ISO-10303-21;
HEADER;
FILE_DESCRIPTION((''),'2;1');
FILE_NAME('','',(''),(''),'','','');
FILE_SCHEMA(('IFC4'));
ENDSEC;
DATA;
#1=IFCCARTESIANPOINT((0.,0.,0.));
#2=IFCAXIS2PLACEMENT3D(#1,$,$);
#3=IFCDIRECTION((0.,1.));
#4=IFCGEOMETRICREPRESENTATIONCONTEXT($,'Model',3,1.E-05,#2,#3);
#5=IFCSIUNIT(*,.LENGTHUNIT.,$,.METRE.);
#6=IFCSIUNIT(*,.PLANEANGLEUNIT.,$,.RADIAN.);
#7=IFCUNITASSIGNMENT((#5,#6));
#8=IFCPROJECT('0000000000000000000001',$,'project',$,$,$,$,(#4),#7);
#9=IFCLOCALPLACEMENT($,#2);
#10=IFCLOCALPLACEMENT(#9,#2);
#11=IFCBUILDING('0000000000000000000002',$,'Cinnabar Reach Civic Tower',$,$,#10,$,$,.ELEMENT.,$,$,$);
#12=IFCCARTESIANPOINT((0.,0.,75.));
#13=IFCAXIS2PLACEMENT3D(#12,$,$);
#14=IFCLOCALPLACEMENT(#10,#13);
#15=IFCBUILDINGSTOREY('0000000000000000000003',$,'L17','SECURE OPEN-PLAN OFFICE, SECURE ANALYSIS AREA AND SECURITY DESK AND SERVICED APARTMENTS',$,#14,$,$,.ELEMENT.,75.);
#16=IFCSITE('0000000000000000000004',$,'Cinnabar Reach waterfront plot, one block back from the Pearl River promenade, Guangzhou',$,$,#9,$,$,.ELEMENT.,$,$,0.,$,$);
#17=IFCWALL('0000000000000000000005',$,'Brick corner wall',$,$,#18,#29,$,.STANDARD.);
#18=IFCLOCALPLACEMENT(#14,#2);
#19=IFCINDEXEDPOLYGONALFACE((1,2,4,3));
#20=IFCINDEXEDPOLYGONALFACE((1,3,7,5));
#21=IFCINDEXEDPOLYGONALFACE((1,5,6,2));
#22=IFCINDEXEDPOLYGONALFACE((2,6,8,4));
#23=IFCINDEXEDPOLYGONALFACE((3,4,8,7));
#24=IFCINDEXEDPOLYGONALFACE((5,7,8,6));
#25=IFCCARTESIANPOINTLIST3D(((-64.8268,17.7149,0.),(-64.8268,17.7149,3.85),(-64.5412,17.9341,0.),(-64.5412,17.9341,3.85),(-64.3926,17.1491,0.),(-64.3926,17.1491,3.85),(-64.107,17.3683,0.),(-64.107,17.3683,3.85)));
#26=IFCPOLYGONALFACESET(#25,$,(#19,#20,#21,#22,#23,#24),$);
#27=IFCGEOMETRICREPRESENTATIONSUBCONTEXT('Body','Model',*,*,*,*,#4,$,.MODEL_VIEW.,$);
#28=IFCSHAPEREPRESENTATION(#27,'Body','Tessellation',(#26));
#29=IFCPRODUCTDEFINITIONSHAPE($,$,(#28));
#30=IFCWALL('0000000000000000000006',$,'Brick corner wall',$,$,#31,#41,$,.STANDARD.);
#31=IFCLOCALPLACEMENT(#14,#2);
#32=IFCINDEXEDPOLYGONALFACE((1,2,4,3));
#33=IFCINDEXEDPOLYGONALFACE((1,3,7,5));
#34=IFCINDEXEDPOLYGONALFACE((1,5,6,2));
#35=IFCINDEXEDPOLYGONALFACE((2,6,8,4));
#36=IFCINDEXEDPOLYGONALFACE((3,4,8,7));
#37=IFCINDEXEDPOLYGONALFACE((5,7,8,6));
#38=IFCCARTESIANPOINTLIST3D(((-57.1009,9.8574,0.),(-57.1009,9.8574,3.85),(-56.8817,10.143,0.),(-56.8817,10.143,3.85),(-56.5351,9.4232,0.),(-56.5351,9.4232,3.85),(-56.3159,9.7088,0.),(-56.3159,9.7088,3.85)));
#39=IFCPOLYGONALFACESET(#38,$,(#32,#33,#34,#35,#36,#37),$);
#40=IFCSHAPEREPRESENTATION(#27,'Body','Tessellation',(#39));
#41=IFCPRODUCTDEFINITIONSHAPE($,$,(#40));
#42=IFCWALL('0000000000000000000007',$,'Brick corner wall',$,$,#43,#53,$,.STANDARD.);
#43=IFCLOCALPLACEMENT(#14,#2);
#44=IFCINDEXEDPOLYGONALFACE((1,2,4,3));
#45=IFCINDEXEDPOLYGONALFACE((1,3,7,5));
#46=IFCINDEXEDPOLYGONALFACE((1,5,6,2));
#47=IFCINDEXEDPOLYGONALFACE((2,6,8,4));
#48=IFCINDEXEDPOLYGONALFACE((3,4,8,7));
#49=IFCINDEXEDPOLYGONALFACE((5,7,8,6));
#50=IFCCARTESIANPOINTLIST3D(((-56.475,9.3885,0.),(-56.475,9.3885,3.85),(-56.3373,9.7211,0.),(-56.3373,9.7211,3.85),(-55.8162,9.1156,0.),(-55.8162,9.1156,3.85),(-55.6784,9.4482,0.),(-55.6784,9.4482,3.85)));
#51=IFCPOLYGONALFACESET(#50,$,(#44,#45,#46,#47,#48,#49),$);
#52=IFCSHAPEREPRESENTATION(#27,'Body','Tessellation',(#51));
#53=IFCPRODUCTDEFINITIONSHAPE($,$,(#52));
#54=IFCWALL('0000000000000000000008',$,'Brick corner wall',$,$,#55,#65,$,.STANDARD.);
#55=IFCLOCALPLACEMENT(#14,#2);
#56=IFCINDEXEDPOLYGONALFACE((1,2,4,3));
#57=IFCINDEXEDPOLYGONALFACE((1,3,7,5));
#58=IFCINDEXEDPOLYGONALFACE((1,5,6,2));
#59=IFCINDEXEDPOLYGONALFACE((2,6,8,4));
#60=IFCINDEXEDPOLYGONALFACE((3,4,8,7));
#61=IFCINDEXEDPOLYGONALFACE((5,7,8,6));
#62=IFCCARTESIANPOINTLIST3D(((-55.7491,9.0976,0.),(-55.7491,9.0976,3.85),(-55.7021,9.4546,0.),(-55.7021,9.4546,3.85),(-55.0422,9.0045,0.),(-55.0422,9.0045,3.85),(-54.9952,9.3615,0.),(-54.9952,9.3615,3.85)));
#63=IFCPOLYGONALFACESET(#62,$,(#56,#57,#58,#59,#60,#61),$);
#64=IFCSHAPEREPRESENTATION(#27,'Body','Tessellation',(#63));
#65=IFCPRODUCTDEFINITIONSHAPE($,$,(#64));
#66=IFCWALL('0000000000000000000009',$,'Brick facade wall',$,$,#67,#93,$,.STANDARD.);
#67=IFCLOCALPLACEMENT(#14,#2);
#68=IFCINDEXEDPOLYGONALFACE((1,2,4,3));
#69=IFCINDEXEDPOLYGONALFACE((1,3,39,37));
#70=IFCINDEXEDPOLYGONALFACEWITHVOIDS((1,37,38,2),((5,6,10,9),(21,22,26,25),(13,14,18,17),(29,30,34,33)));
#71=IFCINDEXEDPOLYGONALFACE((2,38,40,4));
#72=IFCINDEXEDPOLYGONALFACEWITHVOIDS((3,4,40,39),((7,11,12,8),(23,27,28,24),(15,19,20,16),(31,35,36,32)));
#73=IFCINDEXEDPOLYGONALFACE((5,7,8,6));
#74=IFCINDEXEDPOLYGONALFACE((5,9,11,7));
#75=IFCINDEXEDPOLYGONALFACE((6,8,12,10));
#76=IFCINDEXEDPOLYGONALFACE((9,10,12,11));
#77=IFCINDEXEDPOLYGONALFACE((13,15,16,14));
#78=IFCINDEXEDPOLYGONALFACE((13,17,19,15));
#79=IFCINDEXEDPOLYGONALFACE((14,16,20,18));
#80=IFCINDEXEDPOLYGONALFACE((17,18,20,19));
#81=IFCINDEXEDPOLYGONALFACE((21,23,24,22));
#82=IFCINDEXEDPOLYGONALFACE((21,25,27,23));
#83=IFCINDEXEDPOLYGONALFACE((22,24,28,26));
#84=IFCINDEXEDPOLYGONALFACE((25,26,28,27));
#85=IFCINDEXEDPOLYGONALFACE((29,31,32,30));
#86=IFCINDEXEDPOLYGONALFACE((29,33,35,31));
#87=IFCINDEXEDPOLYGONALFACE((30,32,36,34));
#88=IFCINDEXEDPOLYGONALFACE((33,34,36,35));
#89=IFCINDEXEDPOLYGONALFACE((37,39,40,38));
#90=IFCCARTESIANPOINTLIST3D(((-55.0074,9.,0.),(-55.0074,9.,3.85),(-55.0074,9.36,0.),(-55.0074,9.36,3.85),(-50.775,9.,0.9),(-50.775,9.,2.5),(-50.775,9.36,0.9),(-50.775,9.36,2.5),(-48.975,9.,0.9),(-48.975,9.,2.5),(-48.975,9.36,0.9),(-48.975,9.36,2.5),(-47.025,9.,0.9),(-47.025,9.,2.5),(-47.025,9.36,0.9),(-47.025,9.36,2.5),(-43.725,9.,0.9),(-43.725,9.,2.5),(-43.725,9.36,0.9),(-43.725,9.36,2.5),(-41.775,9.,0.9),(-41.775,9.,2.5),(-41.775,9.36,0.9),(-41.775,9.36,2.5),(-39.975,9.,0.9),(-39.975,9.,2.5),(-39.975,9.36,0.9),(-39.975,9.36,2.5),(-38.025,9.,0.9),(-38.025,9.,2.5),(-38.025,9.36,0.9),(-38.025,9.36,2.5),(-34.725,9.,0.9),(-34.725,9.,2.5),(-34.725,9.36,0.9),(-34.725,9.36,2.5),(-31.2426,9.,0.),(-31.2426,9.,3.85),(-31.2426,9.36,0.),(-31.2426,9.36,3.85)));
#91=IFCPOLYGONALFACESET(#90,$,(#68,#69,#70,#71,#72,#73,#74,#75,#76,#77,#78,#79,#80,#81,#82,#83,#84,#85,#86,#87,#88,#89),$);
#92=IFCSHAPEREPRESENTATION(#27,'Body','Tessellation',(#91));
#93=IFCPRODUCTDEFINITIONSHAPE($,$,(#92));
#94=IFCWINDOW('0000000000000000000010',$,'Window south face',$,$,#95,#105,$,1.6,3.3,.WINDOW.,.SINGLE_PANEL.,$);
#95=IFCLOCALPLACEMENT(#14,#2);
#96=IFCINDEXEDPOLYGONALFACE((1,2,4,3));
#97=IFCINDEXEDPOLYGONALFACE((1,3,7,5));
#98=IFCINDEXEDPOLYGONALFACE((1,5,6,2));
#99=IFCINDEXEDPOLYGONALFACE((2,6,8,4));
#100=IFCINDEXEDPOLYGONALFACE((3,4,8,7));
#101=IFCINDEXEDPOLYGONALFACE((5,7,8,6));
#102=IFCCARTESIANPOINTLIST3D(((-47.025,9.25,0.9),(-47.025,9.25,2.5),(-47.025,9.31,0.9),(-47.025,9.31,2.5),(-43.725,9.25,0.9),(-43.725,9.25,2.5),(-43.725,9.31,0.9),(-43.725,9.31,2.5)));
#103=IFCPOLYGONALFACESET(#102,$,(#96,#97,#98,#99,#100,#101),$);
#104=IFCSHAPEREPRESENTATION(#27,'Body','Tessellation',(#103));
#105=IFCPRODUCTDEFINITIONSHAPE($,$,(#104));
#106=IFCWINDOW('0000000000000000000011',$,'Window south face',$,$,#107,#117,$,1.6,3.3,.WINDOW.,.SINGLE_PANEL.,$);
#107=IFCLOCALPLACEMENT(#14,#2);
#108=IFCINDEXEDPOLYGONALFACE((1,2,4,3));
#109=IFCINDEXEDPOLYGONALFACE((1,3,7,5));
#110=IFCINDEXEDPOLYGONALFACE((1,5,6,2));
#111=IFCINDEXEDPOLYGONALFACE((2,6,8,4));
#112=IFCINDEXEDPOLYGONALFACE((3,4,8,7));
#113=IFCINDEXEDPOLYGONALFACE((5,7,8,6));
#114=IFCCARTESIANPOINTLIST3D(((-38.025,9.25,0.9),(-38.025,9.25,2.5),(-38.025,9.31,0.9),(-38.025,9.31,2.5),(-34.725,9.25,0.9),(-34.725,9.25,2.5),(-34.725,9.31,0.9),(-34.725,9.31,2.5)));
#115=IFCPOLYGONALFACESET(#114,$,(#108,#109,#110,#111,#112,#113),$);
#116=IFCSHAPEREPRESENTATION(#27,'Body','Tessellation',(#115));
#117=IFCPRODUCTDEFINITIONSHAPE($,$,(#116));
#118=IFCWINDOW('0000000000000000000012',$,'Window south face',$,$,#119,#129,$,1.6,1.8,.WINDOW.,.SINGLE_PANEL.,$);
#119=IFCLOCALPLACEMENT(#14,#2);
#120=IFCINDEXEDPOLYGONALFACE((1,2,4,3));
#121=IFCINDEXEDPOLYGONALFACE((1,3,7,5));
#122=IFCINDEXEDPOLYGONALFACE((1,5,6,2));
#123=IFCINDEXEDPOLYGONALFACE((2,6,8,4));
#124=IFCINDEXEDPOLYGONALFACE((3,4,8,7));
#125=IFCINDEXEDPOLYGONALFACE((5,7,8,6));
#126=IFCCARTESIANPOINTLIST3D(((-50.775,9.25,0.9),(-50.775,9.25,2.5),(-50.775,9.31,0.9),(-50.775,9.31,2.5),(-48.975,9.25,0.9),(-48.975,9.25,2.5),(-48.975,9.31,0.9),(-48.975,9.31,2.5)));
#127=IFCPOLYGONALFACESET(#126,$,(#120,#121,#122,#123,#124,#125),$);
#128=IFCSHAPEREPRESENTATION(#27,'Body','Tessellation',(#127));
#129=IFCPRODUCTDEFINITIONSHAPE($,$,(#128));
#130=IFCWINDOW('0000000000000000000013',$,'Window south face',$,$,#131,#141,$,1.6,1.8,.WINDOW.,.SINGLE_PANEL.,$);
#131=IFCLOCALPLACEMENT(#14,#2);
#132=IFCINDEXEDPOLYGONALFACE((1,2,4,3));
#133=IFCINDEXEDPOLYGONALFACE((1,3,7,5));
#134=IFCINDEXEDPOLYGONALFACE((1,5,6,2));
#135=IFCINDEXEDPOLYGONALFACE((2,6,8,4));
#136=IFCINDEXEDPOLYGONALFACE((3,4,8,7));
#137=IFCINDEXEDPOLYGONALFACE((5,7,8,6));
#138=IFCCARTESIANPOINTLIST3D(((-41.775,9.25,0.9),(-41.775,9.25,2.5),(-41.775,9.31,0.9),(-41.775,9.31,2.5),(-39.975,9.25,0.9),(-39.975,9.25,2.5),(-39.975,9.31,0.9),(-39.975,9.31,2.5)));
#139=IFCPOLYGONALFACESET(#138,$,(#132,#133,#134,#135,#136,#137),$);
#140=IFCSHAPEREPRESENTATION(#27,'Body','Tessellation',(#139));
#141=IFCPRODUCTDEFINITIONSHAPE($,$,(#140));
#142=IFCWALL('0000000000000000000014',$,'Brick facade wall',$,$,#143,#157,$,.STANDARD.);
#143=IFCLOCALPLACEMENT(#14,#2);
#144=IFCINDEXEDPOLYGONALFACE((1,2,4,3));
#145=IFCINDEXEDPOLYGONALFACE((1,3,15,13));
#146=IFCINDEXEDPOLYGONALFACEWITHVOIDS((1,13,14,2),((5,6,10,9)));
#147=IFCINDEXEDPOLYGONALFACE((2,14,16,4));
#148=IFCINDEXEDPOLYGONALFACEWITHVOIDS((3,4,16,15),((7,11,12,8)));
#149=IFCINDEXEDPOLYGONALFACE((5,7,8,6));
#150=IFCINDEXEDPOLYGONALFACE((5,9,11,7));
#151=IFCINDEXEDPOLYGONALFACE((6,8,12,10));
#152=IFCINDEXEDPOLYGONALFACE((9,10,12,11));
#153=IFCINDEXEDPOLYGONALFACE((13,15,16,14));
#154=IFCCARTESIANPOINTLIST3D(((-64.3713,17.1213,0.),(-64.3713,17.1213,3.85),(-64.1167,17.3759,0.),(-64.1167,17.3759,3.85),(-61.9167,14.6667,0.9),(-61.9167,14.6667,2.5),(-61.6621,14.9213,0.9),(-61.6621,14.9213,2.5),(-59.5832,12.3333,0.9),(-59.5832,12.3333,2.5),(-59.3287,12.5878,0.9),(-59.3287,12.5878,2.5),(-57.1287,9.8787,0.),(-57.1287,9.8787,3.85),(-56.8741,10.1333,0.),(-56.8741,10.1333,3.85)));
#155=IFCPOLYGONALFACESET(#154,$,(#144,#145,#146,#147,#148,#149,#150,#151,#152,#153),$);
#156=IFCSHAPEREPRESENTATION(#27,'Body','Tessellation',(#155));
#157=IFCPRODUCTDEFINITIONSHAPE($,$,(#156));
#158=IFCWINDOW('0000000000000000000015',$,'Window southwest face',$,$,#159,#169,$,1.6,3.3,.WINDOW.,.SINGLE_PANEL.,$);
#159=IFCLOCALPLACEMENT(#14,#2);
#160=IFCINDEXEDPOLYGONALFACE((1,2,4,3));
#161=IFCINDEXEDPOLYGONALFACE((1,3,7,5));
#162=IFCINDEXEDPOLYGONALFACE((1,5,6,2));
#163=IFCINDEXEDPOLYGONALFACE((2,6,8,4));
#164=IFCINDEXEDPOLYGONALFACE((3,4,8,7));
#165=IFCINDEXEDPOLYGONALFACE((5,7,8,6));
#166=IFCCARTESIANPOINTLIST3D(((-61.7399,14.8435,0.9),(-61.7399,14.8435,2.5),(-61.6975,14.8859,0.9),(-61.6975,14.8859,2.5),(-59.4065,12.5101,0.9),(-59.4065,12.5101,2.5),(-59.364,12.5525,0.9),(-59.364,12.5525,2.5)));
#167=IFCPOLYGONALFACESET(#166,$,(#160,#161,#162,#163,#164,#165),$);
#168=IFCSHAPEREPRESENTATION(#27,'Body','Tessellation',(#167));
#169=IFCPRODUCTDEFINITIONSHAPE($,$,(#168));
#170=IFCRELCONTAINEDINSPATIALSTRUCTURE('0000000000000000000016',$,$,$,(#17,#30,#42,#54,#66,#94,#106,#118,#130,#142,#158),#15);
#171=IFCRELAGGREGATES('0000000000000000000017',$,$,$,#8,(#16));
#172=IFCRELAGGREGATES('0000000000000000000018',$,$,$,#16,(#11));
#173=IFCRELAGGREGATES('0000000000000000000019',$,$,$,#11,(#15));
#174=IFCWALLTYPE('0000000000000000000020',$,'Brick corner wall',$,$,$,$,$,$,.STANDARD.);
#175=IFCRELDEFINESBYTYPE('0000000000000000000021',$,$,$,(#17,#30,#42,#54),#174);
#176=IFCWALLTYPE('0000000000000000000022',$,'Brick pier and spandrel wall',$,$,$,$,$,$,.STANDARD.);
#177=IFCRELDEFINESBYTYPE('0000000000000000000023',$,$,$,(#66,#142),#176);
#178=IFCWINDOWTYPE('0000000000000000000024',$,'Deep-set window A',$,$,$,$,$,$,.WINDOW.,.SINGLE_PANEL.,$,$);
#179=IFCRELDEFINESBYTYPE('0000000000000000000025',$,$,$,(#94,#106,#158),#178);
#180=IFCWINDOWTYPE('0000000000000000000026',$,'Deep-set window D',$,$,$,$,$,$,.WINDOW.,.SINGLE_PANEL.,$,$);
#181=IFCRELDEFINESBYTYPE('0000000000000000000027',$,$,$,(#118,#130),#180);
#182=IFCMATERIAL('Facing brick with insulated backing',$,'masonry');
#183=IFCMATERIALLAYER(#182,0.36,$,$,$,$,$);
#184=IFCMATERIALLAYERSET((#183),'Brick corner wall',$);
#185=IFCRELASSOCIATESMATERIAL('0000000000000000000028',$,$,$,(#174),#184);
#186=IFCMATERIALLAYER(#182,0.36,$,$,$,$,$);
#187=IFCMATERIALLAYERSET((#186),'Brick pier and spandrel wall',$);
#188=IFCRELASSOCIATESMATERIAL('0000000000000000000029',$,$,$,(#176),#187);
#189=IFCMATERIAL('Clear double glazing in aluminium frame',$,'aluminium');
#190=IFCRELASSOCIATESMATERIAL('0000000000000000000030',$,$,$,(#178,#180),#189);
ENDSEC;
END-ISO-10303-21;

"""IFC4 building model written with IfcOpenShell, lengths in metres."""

from ifc_helpers import new_model, si_unit, direction, frame, frame_2d, origin, place, context, subcontext, project, spatial, rectangle, extrude, material, layer, layer_set, type_object, element, fill, save


model = new_model("IFC4")

# Units and contexts
model_context = context("Model", 3, precision=1e-05, world=origin(), true_north=direction((0.0, 1.0)))
body_context = subcontext(model_context, "Body", "Model", "MODEL_VIEW")
ifc_project = project(units=[si_unit("LENGTHUNIT", "METRE"), si_unit("PLANEANGLEUNIT", "RADIAN")], contexts=[model_context])

# Site, building, storey
site_placement = place(None, origin())
site = spatial("IfcSite", under=ifc_project, at=site_placement, Name="Cinnabar Reach waterfront plot, one block back from the Pearl River promenade, Guangzhou", CompositionType="ELEMENT", RefElevation=0.0)
building_placement = place(site_placement, origin())
building = spatial("IfcBuilding", under=site, at=building_placement, Name="Cinnabar Reach Civic Tower", CompositionType="ELEMENT")
storey_placement = place(building_placement, frame((0.0, 0.0, 75.0)))
storey = spatial("IfcBuildingStorey", under=building, at=storey_placement, Name="L17", Description="SECURE OPEN-PLAN OFFICE, SECURE ANALYSIS AREA AND SECURITY DESK AND SERVICED APARTMENTS", CompositionType="ELEMENT", Elevation=75.0)

# Walls
ifc_material_1 = material(Name="Facing brick with insulated backing", Category="masonry")
ifc_layer_1 = layer(ifc_material_1, 0.36)
ifc_layer_set_1 = layer_set([ifc_layer_1], Name="Brick corner wall")
wall_type_1 = type_object("IfcWallType", Name="Brick corner wall", PredefinedType="STANDARD", material=ifc_layer_set_1)
for number, where, z_axis, x_axis, name in (
    (1, (-64.684, 17.8245, 0.0), (0.0, 0.0, 1.0), (0.608802, -0.793322, 0.0), "Brick corner wall"),
    (2, (-56.9913, 10.0002, 0.0), (0.0, 0.0, 1.0), (0.793322, -0.608802, 0.0), "Brick corner wall"),
):
    element("IfcWall", number, at=place(storey_placement, frame(where, z_axis=z_axis, x_axis=x_axis)), inside=storey, type_object=wall_type_1, Name=name, PredefinedType="STANDARD", context=body_context, shape_type="SweptSolid", body=[
        extrude(rectangle(XDim=0.7132, YDim=0.36, at=frame_2d((0.3566, 0.0))), origin(), (0.0, 0.0, 1.0), 3.85),
    ])
for number, where, z_axis, x_axis, name in (
    (3, (-56.4061, 9.5548, 0.0), (0.0, 0.0, 1.0), (0.923872, -0.382703, 0.0), "Brick corner wall"),
    (4, (-55.7256, 9.2761, 0.0), (0.0, 0.0, 1.0), (0.991441, -0.130556, 0.0), "Brick corner wall"),
):
    element("IfcWall", number, at=place(storey_placement, frame(where, z_axis=z_axis, x_axis=x_axis)), inside=storey, type_object=wall_type_1, Name=name, PredefinedType="STANDARD", context=body_context, shape_type="SweptSolid", body=[
        extrude(rectangle(XDim=0.7131, YDim=0.36, at=frame_2d((0.3565, 0.0))), origin(), (0.0, 0.0, 1.0), 3.85),
    ])

# Wall, openings, windows
ifc_layer_2 = layer(ifc_material_1, 0.36)
ifc_layer_set_2 = layer_set([ifc_layer_2], Name="Brick pier and spandrel wall")
wall_type_2 = type_object("IfcWallType", Name="Brick pier and spandrel wall", PredefinedType="STANDARD", material=ifc_layer_set_2)
wall_1_placement = place(storey_placement, frame((-55.0074, 9.18, 0.0), z_axis=(0.0, 0.0, 1.0), x_axis=(1.0, 0.0, 0.0)))
wall_1 = element("IfcWall", 5, at=wall_1_placement, inside=storey, type_object=wall_type_2, Name="Brick facade wall", PredefinedType="STANDARD", context=body_context, shape_type="SweptSolid", body=[
    extrude(rectangle(XDim=23.7648, YDim=0.36, at=frame_2d((11.8824, 0.0))), origin(), (0.0, 0.0, 1.0), 3.85),
])
opening_1_placement = place(wall_1_placement, frame((4.2324, 0.0, 0.9)))
opening_1 = element("IfcOpeningElement", 6, at=opening_1_placement, cuts=wall_1, PredefinedType="OPENING", context=body_context, shape_type="SweptSolid", body=[
    extrude(rectangle(XDim=1.8, YDim=1.6, at=frame_2d((0.9, 0.8))), frame((0.0, 0.19, 0.0), z_axis=(0.0, -1.0, 0.0), x_axis=(1.0, 0.0, 0.0)), (0.0, 0.0, 1.0), 0.38),
])
opening_2_placement = place(wall_1_placement, frame((7.9824, 0.0, 0.9)))
opening_2 = element("IfcOpeningElement", 7, at=opening_2_placement, cuts=wall_1, PredefinedType="OPENING", context=body_context, shape_type="SweptSolid", body=[
    extrude(rectangle(XDim=3.3, YDim=1.6, at=frame_2d((1.65, 0.8))), frame((0.0, 0.19, 0.0), z_axis=(0.0, -1.0, 0.0), x_axis=(1.0, 0.0, 0.0)), (0.0, 0.0, 1.0), 0.38),
])
opening_3_placement = place(wall_1_placement, frame((13.2324, 0.0, 0.9)))
opening_3 = element("IfcOpeningElement", 8, at=opening_3_placement, cuts=wall_1, PredefinedType="OPENING", context=body_context, shape_type="SweptSolid", body=[
    extrude(rectangle(XDim=1.8, YDim=1.6, at=frame_2d((0.9, 0.8))), frame((0.0, 0.19, 0.0), z_axis=(0.0, -1.0, 0.0), x_axis=(1.0, 0.0, 0.0)), (0.0, 0.0, 1.0), 0.38),
])
opening_4_placement = place(wall_1_placement, frame((16.9824, 0.0, 0.9)))
opening_4 = element("IfcOpeningElement", 9, at=opening_4_placement, cuts=wall_1, PredefinedType="OPENING", context=body_context, shape_type="SweptSolid", body=[
    extrude(rectangle(XDim=3.3, YDim=1.6, at=frame_2d((1.65, 0.8))), frame((0.0, 0.19, 0.0), z_axis=(0.0, -1.0, 0.0), x_axis=(1.0, 0.0, 0.0)), (0.0, 0.0, 1.0), 0.38),
])
ifc_material_2 = material(Name="Clear double glazing in aluminium frame", Category="aluminium")
window_type_1 = type_object("IfcWindowType", Name="Deep-set window A", PartitioningType="SINGLE_PANEL", PredefinedType="WINDOW", material=ifc_material_2)
window_1_placement = place(opening_2_placement, origin())
window_1 = element("IfcWindow", 10, at=window_1_placement, inside=storey, type_object=window_type_1, Name="Window south face", OverallHeight=1.6, OverallWidth=3.3, PartitioningType="SINGLE_PANEL", PredefinedType="WINDOW", context=body_context, shape_type="SweptSolid", body=[
    extrude(rectangle(XDim=3.3, YDim=1.6, at=frame_2d((1.65, 0.8))), frame((0.0, 0.13, 0.0), z_axis=(0.0, -1.0, 0.0), x_axis=(1.0, 0.0, 0.0)), (0.0, 0.0, 1.0), 0.06),
])
fill(opening_2, window_1)
window_2_placement = place(opening_4_placement, origin())
window_2 = element("IfcWindow", 11, at=window_2_placement, inside=storey, type_object=window_type_1, Name="Window south face", OverallHeight=1.6, OverallWidth=3.3, PartitioningType="SINGLE_PANEL", PredefinedType="WINDOW", context=body_context, shape_type="SweptSolid", body=[
    extrude(rectangle(XDim=3.3, YDim=1.6, at=frame_2d((1.65, 0.8))), frame((0.0, 0.13, 0.0), z_axis=(0.0, -1.0, 0.0), x_axis=(1.0, 0.0, 0.0)), (0.0, 0.0, 1.0), 0.06),
])
fill(opening_4, window_2)
window_type_2 = type_object("IfcWindowType", Name="Deep-set window D", PartitioningType="SINGLE_PANEL", PredefinedType="WINDOW", material=ifc_material_2)
window_3_placement = place(opening_1_placement, origin())
window_3 = element("IfcWindow", 12, at=window_3_placement, inside=storey, type_object=window_type_2, Name="Window south face", OverallHeight=1.6, OverallWidth=1.8, PartitioningType="SINGLE_PANEL", PredefinedType="WINDOW", context=body_context, shape_type="SweptSolid", body=[
    extrude(rectangle(XDim=1.8, YDim=1.6, at=frame_2d((0.9, 0.8))), frame((0.0, 0.13, 0.0), z_axis=(0.0, -1.0, 0.0), x_axis=(1.0, 0.0, 0.0)), (0.0, 0.0, 1.0), 0.06),
])
fill(opening_1, window_3)
window_4_placement = place(opening_3_placement, origin())
window_4 = element("IfcWindow", 13, at=window_4_placement, inside=storey, type_object=window_type_2, Name="Window south face", OverallHeight=1.6, OverallWidth=1.8, PartitioningType="SINGLE_PANEL", PredefinedType="WINDOW", context=body_context, shape_type="SweptSolid", body=[
    extrude(rectangle(XDim=1.8, YDim=1.6, at=frame_2d((0.9, 0.8))), frame((0.0, 0.13, 0.0), z_axis=(0.0, -1.0, 0.0), x_axis=(1.0, 0.0, 0.0)), (0.0, 0.0, 1.0), 0.06),
])
fill(opening_3, window_4)

# Wall, opening, window
wall_2_placement = place(storey_placement, frame((-64.244, 17.2486, 0.0), z_axis=(0.0, 0.0, 1.0), x_axis=(0.707107, -0.707107, 0.0)))
wall_2 = element("IfcWall", 14, at=wall_2_placement, inside=storey, type_object=wall_type_2, Name="Brick facade wall", PredefinedType="STANDARD", context=body_context, shape_type="SweptSolid", body=[
    extrude(rectangle(XDim=10.2426, YDim=0.36, at=frame_2d((5.1213, 0.0))), origin(), (0.0, 0.0, 1.0), 3.85),
])
opening_5_placement = place(wall_2_placement, frame((3.4713, 0.0, 0.9)))
opening_5 = element("IfcOpeningElement", 15, at=opening_5_placement, cuts=wall_2, PredefinedType="OPENING", context=body_context, shape_type="SweptSolid", body=[
    extrude(rectangle(XDim=3.3, YDim=1.6, at=frame_2d((1.65, 0.8))), frame((0.0, 0.19, 0.0), z_axis=(0.0, -1.0, 0.0), x_axis=(1.0, 0.0, 0.0)), (0.0, 0.0, 1.0), 0.38),
])
window_5_placement = place(opening_5_placement, origin())
window_5 = element("IfcWindow", 16, at=window_5_placement, inside=storey, type_object=window_type_1, Name="Window southwest face", OverallHeight=1.6, OverallWidth=3.3, PartitioningType="SINGLE_PANEL", PredefinedType="WINDOW", context=body_context, shape_type="SweptSolid", body=[
    extrude(rectangle(XDim=3.3, YDim=1.6, at=frame_2d((1.65, 0.8))), frame((0.0, 0.13, 0.0), z_axis=(0.0, -1.0, 0.0), x_axis=(1.0, 0.0, 0.0)), (0.0, 0.0, 1.0), 0.06),
])
fill(opening_5, window_5)

save(model, "model.ifc")
